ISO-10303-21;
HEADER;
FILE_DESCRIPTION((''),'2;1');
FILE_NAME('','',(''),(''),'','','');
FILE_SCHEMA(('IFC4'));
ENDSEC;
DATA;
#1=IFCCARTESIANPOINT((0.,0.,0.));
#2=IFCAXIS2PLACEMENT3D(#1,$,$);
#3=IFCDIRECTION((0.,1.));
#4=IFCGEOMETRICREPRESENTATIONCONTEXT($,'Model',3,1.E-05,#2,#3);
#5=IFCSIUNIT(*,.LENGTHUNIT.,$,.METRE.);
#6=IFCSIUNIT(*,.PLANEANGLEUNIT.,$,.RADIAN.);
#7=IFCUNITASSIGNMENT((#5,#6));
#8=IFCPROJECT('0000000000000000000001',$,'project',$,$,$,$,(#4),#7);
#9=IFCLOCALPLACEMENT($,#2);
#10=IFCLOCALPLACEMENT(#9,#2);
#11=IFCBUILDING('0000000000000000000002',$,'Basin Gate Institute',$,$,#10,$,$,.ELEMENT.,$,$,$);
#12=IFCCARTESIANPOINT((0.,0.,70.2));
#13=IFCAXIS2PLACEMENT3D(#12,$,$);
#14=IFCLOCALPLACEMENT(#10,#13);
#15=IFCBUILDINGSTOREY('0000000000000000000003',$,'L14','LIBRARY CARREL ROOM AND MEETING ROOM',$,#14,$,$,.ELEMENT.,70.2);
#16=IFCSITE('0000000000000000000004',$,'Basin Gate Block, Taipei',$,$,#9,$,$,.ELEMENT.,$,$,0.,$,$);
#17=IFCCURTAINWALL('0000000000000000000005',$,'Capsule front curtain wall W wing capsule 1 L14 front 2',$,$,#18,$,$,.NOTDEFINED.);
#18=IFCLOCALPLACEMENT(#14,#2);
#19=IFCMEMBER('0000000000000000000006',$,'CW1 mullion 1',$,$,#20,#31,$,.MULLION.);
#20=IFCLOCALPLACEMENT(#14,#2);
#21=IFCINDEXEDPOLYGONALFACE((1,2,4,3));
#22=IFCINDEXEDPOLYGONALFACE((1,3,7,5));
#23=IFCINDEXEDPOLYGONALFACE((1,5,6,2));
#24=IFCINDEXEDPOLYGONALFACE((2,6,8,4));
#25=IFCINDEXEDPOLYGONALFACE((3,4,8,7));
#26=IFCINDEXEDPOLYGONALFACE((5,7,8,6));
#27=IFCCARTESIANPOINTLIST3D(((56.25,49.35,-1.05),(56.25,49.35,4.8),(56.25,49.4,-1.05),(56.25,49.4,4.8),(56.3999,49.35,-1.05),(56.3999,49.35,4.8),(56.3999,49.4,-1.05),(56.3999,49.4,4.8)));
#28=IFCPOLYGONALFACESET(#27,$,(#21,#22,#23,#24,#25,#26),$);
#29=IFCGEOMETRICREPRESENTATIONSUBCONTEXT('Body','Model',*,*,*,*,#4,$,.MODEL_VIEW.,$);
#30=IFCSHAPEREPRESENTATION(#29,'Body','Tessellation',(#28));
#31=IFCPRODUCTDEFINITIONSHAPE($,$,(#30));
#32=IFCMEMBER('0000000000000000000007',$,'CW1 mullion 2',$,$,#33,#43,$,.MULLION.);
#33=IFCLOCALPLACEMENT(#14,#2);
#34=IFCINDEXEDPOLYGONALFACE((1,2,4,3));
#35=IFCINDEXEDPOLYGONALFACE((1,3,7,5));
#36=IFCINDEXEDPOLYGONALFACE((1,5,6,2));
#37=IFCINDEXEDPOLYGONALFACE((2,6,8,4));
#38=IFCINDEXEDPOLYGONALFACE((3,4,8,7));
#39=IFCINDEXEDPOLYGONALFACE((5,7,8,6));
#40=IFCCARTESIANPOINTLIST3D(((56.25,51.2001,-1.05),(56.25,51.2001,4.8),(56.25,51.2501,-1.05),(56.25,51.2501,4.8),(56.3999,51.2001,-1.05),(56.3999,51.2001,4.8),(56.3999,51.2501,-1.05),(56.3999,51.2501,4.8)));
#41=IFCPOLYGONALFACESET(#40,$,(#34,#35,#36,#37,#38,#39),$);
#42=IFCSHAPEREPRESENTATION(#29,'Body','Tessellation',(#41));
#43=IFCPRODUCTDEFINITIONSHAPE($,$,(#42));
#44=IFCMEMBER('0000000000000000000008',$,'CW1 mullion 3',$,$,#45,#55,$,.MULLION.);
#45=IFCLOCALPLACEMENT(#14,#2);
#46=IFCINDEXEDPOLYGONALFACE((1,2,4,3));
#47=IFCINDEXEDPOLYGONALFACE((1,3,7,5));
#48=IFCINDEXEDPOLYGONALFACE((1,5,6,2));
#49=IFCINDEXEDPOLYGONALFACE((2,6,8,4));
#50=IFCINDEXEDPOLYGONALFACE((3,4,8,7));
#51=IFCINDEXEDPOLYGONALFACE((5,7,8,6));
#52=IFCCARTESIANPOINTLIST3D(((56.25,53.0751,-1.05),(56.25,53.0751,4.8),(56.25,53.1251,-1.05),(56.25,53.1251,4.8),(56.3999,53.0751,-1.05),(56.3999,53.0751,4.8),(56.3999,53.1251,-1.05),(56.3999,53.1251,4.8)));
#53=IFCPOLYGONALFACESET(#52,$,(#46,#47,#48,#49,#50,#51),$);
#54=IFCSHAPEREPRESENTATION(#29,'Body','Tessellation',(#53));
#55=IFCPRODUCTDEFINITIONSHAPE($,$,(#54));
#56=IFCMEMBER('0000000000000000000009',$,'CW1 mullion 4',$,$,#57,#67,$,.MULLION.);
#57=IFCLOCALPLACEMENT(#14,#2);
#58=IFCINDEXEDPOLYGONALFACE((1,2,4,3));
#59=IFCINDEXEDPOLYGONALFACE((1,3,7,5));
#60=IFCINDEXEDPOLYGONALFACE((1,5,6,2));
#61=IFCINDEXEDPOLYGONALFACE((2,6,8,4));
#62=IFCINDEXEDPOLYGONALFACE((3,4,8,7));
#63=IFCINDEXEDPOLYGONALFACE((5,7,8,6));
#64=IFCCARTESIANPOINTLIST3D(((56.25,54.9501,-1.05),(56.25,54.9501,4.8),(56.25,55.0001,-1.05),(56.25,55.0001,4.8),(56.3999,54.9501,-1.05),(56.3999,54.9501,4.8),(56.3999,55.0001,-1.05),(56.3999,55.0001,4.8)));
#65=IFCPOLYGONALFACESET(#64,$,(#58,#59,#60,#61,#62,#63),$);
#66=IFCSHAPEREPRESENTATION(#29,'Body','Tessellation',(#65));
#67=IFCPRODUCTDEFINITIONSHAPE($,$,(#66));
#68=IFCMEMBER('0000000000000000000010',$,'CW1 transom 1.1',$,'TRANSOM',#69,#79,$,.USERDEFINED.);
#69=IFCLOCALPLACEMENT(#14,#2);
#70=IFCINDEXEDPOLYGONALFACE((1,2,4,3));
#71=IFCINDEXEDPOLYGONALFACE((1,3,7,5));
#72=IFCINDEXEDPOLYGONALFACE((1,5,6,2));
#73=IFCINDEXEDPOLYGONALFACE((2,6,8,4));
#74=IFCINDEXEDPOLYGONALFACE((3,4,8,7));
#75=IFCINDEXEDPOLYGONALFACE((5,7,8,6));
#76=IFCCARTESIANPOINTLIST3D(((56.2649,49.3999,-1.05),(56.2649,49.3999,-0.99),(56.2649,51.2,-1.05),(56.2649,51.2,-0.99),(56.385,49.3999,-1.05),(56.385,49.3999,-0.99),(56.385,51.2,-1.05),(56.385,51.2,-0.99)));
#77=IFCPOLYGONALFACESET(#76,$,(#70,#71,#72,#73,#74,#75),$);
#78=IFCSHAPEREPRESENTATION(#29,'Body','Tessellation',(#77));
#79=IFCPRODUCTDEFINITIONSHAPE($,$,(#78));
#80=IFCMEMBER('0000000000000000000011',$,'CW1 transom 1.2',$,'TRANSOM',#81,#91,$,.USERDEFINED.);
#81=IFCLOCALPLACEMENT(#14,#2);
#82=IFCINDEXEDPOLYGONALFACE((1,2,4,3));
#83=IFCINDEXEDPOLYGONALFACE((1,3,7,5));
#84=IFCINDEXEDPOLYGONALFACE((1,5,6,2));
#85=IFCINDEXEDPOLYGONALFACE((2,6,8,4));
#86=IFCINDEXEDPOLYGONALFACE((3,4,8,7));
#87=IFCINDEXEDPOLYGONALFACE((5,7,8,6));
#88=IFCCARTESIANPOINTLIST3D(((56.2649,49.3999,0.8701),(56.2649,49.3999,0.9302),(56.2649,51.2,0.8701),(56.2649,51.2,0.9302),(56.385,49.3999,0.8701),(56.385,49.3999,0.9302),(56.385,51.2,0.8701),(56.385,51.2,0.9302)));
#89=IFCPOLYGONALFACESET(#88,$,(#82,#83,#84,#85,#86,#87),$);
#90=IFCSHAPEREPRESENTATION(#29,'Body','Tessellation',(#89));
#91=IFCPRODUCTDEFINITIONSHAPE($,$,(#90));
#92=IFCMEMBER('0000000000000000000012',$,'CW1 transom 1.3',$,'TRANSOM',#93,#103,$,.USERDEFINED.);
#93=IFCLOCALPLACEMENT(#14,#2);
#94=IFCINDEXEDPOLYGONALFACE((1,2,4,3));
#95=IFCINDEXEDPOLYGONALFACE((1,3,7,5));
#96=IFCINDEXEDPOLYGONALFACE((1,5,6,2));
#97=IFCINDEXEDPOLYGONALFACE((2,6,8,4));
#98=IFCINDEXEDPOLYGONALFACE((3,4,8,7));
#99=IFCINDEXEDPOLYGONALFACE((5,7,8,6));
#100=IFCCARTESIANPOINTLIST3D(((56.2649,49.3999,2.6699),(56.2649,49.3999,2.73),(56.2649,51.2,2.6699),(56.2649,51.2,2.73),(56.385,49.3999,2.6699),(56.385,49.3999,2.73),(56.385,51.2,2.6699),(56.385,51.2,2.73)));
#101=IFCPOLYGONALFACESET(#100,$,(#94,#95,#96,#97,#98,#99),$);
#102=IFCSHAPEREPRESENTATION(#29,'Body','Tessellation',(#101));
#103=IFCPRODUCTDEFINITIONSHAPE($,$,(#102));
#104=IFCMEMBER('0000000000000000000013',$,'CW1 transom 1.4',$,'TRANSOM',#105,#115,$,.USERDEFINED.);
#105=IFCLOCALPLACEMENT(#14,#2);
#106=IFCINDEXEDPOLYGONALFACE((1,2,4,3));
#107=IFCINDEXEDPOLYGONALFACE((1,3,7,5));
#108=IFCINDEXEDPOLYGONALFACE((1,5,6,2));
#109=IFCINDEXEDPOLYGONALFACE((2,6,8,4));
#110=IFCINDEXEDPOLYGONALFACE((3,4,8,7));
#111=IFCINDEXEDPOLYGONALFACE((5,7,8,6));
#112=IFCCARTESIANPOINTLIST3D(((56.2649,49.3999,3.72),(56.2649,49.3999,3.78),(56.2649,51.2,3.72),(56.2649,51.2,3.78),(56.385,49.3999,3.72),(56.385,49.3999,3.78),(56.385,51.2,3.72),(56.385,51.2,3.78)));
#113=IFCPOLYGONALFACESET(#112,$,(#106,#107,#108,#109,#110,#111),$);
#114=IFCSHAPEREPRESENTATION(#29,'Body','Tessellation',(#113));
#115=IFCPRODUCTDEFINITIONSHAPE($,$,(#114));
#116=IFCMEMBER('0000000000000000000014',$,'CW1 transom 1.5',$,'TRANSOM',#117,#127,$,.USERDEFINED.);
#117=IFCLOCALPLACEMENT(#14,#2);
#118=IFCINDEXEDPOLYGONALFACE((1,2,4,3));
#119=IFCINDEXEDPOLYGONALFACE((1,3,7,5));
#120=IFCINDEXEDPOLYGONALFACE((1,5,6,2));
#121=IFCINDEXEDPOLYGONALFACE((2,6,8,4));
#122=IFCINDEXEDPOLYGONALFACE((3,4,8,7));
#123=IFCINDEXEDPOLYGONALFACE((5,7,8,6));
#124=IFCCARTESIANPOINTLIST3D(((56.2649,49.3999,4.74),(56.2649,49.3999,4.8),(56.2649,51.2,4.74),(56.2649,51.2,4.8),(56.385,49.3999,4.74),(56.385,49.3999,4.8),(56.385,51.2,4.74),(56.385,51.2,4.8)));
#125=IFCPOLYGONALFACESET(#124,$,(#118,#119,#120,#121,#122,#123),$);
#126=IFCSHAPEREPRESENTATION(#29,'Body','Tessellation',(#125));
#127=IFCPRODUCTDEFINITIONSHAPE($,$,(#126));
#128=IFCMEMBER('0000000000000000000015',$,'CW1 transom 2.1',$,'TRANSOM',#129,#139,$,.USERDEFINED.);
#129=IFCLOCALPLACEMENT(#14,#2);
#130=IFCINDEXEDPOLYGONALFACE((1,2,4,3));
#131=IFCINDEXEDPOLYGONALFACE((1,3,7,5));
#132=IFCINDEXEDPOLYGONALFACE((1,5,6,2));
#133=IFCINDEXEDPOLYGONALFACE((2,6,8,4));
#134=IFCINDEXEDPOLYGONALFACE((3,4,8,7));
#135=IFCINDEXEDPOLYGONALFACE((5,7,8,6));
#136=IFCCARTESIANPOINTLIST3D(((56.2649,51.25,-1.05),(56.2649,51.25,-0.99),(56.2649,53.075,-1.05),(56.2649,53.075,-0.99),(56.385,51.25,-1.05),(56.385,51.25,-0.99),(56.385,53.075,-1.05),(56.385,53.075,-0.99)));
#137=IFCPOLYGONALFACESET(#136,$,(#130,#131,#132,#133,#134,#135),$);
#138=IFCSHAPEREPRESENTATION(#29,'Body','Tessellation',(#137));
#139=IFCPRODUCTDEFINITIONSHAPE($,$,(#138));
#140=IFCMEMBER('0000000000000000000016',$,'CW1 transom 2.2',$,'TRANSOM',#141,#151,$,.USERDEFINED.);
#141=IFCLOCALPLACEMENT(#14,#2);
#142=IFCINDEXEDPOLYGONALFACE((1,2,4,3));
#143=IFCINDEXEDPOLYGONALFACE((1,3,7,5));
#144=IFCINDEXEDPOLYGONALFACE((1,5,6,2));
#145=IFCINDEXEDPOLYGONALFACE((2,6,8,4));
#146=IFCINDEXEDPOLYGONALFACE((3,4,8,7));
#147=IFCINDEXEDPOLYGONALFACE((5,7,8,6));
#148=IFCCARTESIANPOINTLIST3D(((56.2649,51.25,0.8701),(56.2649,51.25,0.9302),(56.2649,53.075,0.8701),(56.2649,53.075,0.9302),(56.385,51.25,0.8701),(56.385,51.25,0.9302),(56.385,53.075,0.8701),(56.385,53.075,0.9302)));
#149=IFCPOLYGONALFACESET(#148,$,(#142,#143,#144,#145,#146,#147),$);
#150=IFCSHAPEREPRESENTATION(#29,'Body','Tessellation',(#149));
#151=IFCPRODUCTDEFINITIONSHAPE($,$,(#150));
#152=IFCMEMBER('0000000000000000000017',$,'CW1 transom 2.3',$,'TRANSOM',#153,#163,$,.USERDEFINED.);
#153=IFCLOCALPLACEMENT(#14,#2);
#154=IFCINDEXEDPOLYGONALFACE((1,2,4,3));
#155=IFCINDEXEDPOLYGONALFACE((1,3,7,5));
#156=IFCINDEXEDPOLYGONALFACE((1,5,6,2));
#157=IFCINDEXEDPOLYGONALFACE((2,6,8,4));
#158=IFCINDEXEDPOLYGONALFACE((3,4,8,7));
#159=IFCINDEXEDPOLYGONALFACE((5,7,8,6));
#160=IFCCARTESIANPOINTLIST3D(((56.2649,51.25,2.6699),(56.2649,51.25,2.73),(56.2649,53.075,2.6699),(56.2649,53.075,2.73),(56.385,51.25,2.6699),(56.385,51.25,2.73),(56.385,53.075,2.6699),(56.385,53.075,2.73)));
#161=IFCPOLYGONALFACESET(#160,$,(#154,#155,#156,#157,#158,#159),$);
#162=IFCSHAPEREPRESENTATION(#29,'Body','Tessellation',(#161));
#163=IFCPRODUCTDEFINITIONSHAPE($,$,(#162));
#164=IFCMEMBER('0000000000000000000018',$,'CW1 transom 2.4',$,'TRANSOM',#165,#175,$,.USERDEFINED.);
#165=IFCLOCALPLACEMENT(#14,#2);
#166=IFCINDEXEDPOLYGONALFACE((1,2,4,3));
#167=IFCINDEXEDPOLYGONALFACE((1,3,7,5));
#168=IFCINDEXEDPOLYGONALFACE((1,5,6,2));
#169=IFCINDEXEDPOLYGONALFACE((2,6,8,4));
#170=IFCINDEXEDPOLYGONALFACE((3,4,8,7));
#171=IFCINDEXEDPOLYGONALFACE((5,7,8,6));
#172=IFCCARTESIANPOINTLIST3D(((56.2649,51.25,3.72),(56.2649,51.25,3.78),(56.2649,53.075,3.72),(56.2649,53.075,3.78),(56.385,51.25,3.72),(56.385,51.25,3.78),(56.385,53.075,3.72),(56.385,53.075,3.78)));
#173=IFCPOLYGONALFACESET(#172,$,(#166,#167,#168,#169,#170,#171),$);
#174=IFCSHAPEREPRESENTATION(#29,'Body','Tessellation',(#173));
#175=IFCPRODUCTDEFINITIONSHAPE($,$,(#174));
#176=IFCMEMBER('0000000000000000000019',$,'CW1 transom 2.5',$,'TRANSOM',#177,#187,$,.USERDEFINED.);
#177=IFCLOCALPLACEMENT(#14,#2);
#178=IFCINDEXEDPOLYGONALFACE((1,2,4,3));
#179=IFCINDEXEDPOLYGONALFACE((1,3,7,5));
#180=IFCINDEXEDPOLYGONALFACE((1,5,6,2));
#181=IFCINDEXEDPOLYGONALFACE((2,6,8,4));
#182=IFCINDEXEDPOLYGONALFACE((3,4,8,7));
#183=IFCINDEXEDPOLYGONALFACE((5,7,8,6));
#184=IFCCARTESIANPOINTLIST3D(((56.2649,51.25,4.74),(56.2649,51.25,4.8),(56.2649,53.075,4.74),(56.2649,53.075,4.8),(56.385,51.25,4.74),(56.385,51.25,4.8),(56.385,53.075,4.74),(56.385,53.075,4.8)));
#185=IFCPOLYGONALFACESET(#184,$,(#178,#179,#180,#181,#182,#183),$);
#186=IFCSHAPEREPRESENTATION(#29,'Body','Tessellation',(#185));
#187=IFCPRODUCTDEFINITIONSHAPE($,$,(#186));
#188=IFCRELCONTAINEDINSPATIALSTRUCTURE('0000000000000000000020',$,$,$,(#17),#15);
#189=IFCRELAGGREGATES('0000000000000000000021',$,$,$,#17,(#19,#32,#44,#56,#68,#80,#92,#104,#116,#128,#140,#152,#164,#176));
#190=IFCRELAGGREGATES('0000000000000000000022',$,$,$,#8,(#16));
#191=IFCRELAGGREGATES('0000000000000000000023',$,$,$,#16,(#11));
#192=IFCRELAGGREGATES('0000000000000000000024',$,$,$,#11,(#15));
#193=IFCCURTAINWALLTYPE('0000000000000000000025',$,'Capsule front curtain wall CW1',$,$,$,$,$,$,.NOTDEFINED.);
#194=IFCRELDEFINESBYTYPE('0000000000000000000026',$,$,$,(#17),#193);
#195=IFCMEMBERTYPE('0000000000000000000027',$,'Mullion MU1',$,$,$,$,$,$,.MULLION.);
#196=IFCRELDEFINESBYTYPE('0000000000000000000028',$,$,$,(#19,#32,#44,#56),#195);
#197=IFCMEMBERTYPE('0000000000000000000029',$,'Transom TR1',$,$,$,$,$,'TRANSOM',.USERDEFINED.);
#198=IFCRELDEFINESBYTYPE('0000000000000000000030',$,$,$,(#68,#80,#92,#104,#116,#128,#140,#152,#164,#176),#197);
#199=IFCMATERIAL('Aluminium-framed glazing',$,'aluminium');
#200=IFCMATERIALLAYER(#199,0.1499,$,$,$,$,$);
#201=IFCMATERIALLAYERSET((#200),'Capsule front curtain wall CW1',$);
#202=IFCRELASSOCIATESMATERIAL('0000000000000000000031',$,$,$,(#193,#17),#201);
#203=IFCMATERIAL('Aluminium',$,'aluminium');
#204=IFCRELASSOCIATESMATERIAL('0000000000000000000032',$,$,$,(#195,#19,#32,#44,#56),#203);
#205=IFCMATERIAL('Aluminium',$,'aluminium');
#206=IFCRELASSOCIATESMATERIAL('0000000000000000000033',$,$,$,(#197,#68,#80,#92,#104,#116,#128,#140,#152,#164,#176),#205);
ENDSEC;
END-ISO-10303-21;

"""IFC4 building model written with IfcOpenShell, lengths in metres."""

from ifc_helpers import new_model, si_unit, direction, frame, origin, origin_2d, place, context, subcontext, project, spatial, rectangle, extrude, material, layer, layer_set, material_profile, profile_set, type_object, element, aggregate, save


model = new_model("IFC4")

# Units and contexts
model_context = context("Model", 3, precision=1e-05, world=origin(), true_north=direction((0.0, 1.0)))
body_context = subcontext(model_context, "Body", "Model", "MODEL_VIEW")
ifc_project = project(units=[si_unit("LENGTHUNIT", "METRE"), si_unit("PLANEANGLEUNIT", "RADIAN")], contexts=[model_context])

# Site, building, storey
site_placement = place(None, origin())
site = spatial("IfcSite", under=ifc_project, at=site_placement, Name="Basin Gate Block, Taipei", CompositionType="ELEMENT", RefElevation=0.0)
building_placement = place(site_placement, origin())
building = spatial("IfcBuilding", under=site, at=building_placement, Name="Basin Gate Institute", CompositionType="ELEMENT")
storey_placement = place(building_placement, frame((0.0, 0.0, 70.2)))
storey = spatial("IfcBuildingStorey", under=building, at=storey_placement, Name="L14", Description="LIBRARY CARREL ROOM AND MEETING ROOM", CompositionType="ELEMENT", Elevation=70.2)

# Curtain wall, members
ifc_material_1 = material(Name="Aluminium-framed glazing", Category="aluminium")
ifc_layer_1 = layer(ifc_material_1, 0.1499)
ifc_layer_set_1 = layer_set([ifc_layer_1], Name="Capsule front curtain wall CW1")
curtain_wall_type = type_object("IfcCurtainWallType", Name="Capsule front curtain wall CW1", PredefinedType="NOTDEFINED", material=ifc_layer_set_1)
curtain_wall_placement = place(storey_placement, origin())
curtain_wall = element("IfcCurtainWall", 1, at=curtain_wall_placement, inside=storey, type_object=curtain_wall_type, material=ifc_layer_set_1, Name="Capsule front curtain wall W wing capsule 1 L14 front 2", PredefinedType="NOTDEFINED")
ifc_material_2 = material(Name="Aluminium", Category="aluminium")
ifc_material_profile_1 = material_profile(ifc_material_2, rectangle(XDim=0.1499, YDim=0.05, at=origin_2d()), Name="Mullion MU1 150 x 50")
ifc_profile_set_1 = profile_set([ifc_material_profile_1], Name="Aluminium")
member_type_1 = type_object("IfcMemberType", Name="Mullion MU1", PredefinedType="MULLION", material=ifc_profile_set_1)
member_1_placement = place(storey_placement, frame((56.325, 49.375, -1.05), z_axis=(0.0, 0.0, 1.0), x_axis=(-1.0, 0.0, 0.0)))
member_1 = element("IfcMember", 2, at=member_1_placement, type_object=member_type_1, material=ifc_profile_set_1, Name="CW1 mullion 1", PredefinedType="MULLION", context=body_context, shape_type="SweptSolid", body=[
    extrude(rectangle(XDim=0.1499, YDim=0.05, at=origin_2d()), origin(), (0.0, 0.0, 1.0), 5.8501),
])
member_2_placement = place(storey_placement, frame((56.325, 51.2251, -1.05), z_axis=(0.0, 0.0, 1.0), x_axis=(-1.0, 0.0, 0.0)))
member_2 = element("IfcMember", 3, at=member_2_placement, type_object=member_type_1, material=ifc_profile_set_1, Name="CW1 mullion 2", PredefinedType="MULLION", context=body_context, shape_type="SweptSolid", body=[
    extrude(rectangle(XDim=0.1499, YDim=0.05, at=origin_2d()), origin(), (0.0, 0.0, 1.0), 5.8501),
])
member_3_placement = place(storey_placement, frame((56.325, 53.1001, -1.05), z_axis=(0.0, 0.0, 1.0), x_axis=(-1.0, 0.0, 0.0)))
member_3 = element("IfcMember", 4, at=member_3_placement, type_object=member_type_1, material=ifc_profile_set_1, Name="CW1 mullion 3", PredefinedType="MULLION", context=body_context, shape_type="SweptSolid", body=[
    extrude(rectangle(XDim=0.1499, YDim=0.05, at=origin_2d()), origin(), (0.0, 0.0, 1.0), 5.8501),
])
member_4_placement = place(storey_placement, frame((56.325, 54.9751, -1.05), z_axis=(0.0, 0.0, 1.0), x_axis=(-1.0, 0.0, 0.0)))
member_4 = element("IfcMember", 5, at=member_4_placement, type_object=member_type_1, material=ifc_profile_set_1, Name="CW1 mullion 4", PredefinedType="MULLION", context=body_context, shape_type="SweptSolid", body=[
    extrude(rectangle(XDim=0.1499, YDim=0.05, at=origin_2d()), origin(), (0.0, 0.0, 1.0), 5.8501),
])
ifc_material_3 = material(Name="Aluminium", Category="aluminium")
ifc_material_profile_2 = material_profile(ifc_material_3, rectangle(XDim=0.1201, YDim=0.0601, at=origin_2d()), Name="Transom TR1 120 x 60")
ifc_profile_set_2 = profile_set([ifc_material_profile_2], Name="Aluminium")
member_type_2 = type_object("IfcMemberType", Name="Transom TR1", ElementType="TRANSOM", PredefinedType="USERDEFINED", material=ifc_profile_set_2)
member_5_placement = place(storey_placement, frame((56.325, 49.3999, -1.02), z_axis=(0.0, 1.0, 0.0), x_axis=(-1.0, 0.0, 0.0)))
member_5 = element("IfcMember", 6, at=member_5_placement, type_object=member_type_2, material=ifc_profile_set_2, Name="CW1 transom 1.1", ObjectType="TRANSOM", PredefinedType="USERDEFINED", context=body_context, shape_type="SweptSolid", body=[
    extrude(rectangle(XDim=0.1201, YDim=0.0601, at=origin_2d()), origin(), (0.0, 0.0, 1.0), 1.8),
])
member_6_placement = place(storey_placement, frame((56.325, 49.3999, 0.9001), z_axis=(0.0, 1.0, 0.0), x_axis=(-1.0, 0.0, 0.0)))
member_6 = element("IfcMember", 7, at=member_6_placement, type_object=member_type_2, material=ifc_profile_set_2, Name="CW1 transom 1.2", ObjectType="TRANSOM", PredefinedType="USERDEFINED", context=body_context, shape_type="SweptSolid", body=[
    extrude(rectangle(XDim=0.1201, YDim=0.0601, at=origin_2d()), origin(), (0.0, 0.0, 1.0), 1.8),
])
member_7_placement = place(storey_placement, frame((56.325, 49.3999, 2.7), z_axis=(0.0, 1.0, 0.0), x_axis=(-1.0, 0.0, 0.0)))
member_7 = element("IfcMember", 8, at=member_7_placement, type_object=member_type_2, material=ifc_profile_set_2, Name="CW1 transom 1.3", ObjectType="TRANSOM", PredefinedType="USERDEFINED", context=body_context, shape_type="SweptSolid", body=[
    extrude(rectangle(XDim=0.1201, YDim=0.0601, at=origin_2d()), origin(), (0.0, 0.0, 1.0), 1.8),
])
member_8_placement = place(storey_placement, frame((56.325, 49.3999, 3.75), z_axis=(0.0, 1.0, 0.0), x_axis=(-1.0, 0.0, 0.0)))
member_8 = element("IfcMember", 9, at=member_8_placement, type_object=member_type_2, material=ifc_profile_set_2, Name="CW1 transom 1.4", ObjectType="TRANSOM", PredefinedType="USERDEFINED", context=body_context, shape_type="SweptSolid", body=[
    extrude(rectangle(XDim=0.1201, YDim=0.0601, at=origin_2d()), origin(), (0.0, 0.0, 1.0), 1.8),
])
member_9_placement = place(storey_placement, frame((56.325, 49.3999, 4.77), z_axis=(0.0, 1.0, 0.0), x_axis=(-1.0, 0.0, 0.0)))
member_9 = element("IfcMember", 10, at=member_9_placement, type_object=member_type_2, material=ifc_profile_set_2, Name="CW1 transom 1.5", ObjectType="TRANSOM", PredefinedType="USERDEFINED", context=body_context, shape_type="SweptSolid", body=[
    extrude(rectangle(XDim=0.1201, YDim=0.0601, at=origin_2d()), origin(), (0.0, 0.0, 1.0), 1.8),
])
member_10_placement = place(storey_placement, frame((56.325, 51.25, -1.02), z_axis=(0.0, 1.0, 0.0), x_axis=(-1.0, 0.0, 0.0)))
member_10 = element("IfcMember", 11, at=member_10_placement, type_object=member_type_2, material=ifc_profile_set_2, Name="CW1 transom 2.1", ObjectType="TRANSOM", PredefinedType="USERDEFINED", context=body_context, shape_type="SweptSolid", body=[
    extrude(rectangle(XDim=0.1201, YDim=0.0601, at=origin_2d()), origin(), (0.0, 0.0, 1.0), 1.825),
])
member_11_placement = place(storey_placement, frame((56.325, 51.25, 0.9001), z_axis=(0.0, 1.0, 0.0), x_axis=(-1.0, 0.0, 0.0)))
member_11 = element("IfcMember", 12, at=member_11_placement, type_object=member_type_2, material=ifc_profile_set_2, Name="CW1 transom 2.2", ObjectType="TRANSOM", PredefinedType="USERDEFINED", context=body_context, shape_type="SweptSolid", body=[
    extrude(rectangle(XDim=0.1201, YDim=0.0601, at=origin_2d()), origin(), (0.0, 0.0, 1.0), 1.825),
])
member_12_placement = place(storey_placement, frame((56.325, 51.25, 2.7), z_axis=(0.0, 1.0, 0.0), x_axis=(-1.0, 0.0, 0.0)))
member_12 = element("IfcMember", 13, at=member_12_placement, type_object=member_type_2, material=ifc_profile_set_2, Name="CW1 transom 2.3", ObjectType="TRANSOM", PredefinedType="USERDEFINED", context=body_context, shape_type="SweptSolid", body=[
    extrude(rectangle(XDim=0.1201, YDim=0.0601, at=origin_2d()), origin(), (0.0, 0.0, 1.0), 1.825),
])
member_13_placement = place(storey_placement, frame((56.325, 51.25, 3.75), z_axis=(0.0, 1.0, 0.0), x_axis=(-1.0, 0.0, 0.0)))
member_13 = element("IfcMember", 14, at=member_13_placement, type_object=member_type_2, material=ifc_profile_set_2, Name="CW1 transom 2.4", ObjectType="TRANSOM", PredefinedType="USERDEFINED", context=body_context, shape_type="SweptSolid", body=[
    extrude(rectangle(XDim=0.1201, YDim=0.0601, at=origin_2d()), origin(), (0.0, 0.0, 1.0), 1.825),
])
member_14_placement = place(storey_placement, frame((56.325, 51.25, 4.77), z_axis=(0.0, 1.0, 0.0), x_axis=(-1.0, 0.0, 0.0)))
member_14 = element("IfcMember", 15, at=member_14_placement, type_object=member_type_2, material=ifc_profile_set_2, Name="CW1 transom 2.5", ObjectType="TRANSOM", PredefinedType="USERDEFINED", context=body_context, shape_type="SweptSolid", body=[
    extrude(rectangle(XDim=0.1201, YDim=0.0601, at=origin_2d()), origin(), (0.0, 0.0, 1.0), 1.825),
])

aggregate(curtain_wall, [member_1, member_2, member_3, member_4, member_5, member_6, member_7, member_8, member_9, member_10, member_11, member_12, member_13, member_14])

save(model, "model.ifc")
